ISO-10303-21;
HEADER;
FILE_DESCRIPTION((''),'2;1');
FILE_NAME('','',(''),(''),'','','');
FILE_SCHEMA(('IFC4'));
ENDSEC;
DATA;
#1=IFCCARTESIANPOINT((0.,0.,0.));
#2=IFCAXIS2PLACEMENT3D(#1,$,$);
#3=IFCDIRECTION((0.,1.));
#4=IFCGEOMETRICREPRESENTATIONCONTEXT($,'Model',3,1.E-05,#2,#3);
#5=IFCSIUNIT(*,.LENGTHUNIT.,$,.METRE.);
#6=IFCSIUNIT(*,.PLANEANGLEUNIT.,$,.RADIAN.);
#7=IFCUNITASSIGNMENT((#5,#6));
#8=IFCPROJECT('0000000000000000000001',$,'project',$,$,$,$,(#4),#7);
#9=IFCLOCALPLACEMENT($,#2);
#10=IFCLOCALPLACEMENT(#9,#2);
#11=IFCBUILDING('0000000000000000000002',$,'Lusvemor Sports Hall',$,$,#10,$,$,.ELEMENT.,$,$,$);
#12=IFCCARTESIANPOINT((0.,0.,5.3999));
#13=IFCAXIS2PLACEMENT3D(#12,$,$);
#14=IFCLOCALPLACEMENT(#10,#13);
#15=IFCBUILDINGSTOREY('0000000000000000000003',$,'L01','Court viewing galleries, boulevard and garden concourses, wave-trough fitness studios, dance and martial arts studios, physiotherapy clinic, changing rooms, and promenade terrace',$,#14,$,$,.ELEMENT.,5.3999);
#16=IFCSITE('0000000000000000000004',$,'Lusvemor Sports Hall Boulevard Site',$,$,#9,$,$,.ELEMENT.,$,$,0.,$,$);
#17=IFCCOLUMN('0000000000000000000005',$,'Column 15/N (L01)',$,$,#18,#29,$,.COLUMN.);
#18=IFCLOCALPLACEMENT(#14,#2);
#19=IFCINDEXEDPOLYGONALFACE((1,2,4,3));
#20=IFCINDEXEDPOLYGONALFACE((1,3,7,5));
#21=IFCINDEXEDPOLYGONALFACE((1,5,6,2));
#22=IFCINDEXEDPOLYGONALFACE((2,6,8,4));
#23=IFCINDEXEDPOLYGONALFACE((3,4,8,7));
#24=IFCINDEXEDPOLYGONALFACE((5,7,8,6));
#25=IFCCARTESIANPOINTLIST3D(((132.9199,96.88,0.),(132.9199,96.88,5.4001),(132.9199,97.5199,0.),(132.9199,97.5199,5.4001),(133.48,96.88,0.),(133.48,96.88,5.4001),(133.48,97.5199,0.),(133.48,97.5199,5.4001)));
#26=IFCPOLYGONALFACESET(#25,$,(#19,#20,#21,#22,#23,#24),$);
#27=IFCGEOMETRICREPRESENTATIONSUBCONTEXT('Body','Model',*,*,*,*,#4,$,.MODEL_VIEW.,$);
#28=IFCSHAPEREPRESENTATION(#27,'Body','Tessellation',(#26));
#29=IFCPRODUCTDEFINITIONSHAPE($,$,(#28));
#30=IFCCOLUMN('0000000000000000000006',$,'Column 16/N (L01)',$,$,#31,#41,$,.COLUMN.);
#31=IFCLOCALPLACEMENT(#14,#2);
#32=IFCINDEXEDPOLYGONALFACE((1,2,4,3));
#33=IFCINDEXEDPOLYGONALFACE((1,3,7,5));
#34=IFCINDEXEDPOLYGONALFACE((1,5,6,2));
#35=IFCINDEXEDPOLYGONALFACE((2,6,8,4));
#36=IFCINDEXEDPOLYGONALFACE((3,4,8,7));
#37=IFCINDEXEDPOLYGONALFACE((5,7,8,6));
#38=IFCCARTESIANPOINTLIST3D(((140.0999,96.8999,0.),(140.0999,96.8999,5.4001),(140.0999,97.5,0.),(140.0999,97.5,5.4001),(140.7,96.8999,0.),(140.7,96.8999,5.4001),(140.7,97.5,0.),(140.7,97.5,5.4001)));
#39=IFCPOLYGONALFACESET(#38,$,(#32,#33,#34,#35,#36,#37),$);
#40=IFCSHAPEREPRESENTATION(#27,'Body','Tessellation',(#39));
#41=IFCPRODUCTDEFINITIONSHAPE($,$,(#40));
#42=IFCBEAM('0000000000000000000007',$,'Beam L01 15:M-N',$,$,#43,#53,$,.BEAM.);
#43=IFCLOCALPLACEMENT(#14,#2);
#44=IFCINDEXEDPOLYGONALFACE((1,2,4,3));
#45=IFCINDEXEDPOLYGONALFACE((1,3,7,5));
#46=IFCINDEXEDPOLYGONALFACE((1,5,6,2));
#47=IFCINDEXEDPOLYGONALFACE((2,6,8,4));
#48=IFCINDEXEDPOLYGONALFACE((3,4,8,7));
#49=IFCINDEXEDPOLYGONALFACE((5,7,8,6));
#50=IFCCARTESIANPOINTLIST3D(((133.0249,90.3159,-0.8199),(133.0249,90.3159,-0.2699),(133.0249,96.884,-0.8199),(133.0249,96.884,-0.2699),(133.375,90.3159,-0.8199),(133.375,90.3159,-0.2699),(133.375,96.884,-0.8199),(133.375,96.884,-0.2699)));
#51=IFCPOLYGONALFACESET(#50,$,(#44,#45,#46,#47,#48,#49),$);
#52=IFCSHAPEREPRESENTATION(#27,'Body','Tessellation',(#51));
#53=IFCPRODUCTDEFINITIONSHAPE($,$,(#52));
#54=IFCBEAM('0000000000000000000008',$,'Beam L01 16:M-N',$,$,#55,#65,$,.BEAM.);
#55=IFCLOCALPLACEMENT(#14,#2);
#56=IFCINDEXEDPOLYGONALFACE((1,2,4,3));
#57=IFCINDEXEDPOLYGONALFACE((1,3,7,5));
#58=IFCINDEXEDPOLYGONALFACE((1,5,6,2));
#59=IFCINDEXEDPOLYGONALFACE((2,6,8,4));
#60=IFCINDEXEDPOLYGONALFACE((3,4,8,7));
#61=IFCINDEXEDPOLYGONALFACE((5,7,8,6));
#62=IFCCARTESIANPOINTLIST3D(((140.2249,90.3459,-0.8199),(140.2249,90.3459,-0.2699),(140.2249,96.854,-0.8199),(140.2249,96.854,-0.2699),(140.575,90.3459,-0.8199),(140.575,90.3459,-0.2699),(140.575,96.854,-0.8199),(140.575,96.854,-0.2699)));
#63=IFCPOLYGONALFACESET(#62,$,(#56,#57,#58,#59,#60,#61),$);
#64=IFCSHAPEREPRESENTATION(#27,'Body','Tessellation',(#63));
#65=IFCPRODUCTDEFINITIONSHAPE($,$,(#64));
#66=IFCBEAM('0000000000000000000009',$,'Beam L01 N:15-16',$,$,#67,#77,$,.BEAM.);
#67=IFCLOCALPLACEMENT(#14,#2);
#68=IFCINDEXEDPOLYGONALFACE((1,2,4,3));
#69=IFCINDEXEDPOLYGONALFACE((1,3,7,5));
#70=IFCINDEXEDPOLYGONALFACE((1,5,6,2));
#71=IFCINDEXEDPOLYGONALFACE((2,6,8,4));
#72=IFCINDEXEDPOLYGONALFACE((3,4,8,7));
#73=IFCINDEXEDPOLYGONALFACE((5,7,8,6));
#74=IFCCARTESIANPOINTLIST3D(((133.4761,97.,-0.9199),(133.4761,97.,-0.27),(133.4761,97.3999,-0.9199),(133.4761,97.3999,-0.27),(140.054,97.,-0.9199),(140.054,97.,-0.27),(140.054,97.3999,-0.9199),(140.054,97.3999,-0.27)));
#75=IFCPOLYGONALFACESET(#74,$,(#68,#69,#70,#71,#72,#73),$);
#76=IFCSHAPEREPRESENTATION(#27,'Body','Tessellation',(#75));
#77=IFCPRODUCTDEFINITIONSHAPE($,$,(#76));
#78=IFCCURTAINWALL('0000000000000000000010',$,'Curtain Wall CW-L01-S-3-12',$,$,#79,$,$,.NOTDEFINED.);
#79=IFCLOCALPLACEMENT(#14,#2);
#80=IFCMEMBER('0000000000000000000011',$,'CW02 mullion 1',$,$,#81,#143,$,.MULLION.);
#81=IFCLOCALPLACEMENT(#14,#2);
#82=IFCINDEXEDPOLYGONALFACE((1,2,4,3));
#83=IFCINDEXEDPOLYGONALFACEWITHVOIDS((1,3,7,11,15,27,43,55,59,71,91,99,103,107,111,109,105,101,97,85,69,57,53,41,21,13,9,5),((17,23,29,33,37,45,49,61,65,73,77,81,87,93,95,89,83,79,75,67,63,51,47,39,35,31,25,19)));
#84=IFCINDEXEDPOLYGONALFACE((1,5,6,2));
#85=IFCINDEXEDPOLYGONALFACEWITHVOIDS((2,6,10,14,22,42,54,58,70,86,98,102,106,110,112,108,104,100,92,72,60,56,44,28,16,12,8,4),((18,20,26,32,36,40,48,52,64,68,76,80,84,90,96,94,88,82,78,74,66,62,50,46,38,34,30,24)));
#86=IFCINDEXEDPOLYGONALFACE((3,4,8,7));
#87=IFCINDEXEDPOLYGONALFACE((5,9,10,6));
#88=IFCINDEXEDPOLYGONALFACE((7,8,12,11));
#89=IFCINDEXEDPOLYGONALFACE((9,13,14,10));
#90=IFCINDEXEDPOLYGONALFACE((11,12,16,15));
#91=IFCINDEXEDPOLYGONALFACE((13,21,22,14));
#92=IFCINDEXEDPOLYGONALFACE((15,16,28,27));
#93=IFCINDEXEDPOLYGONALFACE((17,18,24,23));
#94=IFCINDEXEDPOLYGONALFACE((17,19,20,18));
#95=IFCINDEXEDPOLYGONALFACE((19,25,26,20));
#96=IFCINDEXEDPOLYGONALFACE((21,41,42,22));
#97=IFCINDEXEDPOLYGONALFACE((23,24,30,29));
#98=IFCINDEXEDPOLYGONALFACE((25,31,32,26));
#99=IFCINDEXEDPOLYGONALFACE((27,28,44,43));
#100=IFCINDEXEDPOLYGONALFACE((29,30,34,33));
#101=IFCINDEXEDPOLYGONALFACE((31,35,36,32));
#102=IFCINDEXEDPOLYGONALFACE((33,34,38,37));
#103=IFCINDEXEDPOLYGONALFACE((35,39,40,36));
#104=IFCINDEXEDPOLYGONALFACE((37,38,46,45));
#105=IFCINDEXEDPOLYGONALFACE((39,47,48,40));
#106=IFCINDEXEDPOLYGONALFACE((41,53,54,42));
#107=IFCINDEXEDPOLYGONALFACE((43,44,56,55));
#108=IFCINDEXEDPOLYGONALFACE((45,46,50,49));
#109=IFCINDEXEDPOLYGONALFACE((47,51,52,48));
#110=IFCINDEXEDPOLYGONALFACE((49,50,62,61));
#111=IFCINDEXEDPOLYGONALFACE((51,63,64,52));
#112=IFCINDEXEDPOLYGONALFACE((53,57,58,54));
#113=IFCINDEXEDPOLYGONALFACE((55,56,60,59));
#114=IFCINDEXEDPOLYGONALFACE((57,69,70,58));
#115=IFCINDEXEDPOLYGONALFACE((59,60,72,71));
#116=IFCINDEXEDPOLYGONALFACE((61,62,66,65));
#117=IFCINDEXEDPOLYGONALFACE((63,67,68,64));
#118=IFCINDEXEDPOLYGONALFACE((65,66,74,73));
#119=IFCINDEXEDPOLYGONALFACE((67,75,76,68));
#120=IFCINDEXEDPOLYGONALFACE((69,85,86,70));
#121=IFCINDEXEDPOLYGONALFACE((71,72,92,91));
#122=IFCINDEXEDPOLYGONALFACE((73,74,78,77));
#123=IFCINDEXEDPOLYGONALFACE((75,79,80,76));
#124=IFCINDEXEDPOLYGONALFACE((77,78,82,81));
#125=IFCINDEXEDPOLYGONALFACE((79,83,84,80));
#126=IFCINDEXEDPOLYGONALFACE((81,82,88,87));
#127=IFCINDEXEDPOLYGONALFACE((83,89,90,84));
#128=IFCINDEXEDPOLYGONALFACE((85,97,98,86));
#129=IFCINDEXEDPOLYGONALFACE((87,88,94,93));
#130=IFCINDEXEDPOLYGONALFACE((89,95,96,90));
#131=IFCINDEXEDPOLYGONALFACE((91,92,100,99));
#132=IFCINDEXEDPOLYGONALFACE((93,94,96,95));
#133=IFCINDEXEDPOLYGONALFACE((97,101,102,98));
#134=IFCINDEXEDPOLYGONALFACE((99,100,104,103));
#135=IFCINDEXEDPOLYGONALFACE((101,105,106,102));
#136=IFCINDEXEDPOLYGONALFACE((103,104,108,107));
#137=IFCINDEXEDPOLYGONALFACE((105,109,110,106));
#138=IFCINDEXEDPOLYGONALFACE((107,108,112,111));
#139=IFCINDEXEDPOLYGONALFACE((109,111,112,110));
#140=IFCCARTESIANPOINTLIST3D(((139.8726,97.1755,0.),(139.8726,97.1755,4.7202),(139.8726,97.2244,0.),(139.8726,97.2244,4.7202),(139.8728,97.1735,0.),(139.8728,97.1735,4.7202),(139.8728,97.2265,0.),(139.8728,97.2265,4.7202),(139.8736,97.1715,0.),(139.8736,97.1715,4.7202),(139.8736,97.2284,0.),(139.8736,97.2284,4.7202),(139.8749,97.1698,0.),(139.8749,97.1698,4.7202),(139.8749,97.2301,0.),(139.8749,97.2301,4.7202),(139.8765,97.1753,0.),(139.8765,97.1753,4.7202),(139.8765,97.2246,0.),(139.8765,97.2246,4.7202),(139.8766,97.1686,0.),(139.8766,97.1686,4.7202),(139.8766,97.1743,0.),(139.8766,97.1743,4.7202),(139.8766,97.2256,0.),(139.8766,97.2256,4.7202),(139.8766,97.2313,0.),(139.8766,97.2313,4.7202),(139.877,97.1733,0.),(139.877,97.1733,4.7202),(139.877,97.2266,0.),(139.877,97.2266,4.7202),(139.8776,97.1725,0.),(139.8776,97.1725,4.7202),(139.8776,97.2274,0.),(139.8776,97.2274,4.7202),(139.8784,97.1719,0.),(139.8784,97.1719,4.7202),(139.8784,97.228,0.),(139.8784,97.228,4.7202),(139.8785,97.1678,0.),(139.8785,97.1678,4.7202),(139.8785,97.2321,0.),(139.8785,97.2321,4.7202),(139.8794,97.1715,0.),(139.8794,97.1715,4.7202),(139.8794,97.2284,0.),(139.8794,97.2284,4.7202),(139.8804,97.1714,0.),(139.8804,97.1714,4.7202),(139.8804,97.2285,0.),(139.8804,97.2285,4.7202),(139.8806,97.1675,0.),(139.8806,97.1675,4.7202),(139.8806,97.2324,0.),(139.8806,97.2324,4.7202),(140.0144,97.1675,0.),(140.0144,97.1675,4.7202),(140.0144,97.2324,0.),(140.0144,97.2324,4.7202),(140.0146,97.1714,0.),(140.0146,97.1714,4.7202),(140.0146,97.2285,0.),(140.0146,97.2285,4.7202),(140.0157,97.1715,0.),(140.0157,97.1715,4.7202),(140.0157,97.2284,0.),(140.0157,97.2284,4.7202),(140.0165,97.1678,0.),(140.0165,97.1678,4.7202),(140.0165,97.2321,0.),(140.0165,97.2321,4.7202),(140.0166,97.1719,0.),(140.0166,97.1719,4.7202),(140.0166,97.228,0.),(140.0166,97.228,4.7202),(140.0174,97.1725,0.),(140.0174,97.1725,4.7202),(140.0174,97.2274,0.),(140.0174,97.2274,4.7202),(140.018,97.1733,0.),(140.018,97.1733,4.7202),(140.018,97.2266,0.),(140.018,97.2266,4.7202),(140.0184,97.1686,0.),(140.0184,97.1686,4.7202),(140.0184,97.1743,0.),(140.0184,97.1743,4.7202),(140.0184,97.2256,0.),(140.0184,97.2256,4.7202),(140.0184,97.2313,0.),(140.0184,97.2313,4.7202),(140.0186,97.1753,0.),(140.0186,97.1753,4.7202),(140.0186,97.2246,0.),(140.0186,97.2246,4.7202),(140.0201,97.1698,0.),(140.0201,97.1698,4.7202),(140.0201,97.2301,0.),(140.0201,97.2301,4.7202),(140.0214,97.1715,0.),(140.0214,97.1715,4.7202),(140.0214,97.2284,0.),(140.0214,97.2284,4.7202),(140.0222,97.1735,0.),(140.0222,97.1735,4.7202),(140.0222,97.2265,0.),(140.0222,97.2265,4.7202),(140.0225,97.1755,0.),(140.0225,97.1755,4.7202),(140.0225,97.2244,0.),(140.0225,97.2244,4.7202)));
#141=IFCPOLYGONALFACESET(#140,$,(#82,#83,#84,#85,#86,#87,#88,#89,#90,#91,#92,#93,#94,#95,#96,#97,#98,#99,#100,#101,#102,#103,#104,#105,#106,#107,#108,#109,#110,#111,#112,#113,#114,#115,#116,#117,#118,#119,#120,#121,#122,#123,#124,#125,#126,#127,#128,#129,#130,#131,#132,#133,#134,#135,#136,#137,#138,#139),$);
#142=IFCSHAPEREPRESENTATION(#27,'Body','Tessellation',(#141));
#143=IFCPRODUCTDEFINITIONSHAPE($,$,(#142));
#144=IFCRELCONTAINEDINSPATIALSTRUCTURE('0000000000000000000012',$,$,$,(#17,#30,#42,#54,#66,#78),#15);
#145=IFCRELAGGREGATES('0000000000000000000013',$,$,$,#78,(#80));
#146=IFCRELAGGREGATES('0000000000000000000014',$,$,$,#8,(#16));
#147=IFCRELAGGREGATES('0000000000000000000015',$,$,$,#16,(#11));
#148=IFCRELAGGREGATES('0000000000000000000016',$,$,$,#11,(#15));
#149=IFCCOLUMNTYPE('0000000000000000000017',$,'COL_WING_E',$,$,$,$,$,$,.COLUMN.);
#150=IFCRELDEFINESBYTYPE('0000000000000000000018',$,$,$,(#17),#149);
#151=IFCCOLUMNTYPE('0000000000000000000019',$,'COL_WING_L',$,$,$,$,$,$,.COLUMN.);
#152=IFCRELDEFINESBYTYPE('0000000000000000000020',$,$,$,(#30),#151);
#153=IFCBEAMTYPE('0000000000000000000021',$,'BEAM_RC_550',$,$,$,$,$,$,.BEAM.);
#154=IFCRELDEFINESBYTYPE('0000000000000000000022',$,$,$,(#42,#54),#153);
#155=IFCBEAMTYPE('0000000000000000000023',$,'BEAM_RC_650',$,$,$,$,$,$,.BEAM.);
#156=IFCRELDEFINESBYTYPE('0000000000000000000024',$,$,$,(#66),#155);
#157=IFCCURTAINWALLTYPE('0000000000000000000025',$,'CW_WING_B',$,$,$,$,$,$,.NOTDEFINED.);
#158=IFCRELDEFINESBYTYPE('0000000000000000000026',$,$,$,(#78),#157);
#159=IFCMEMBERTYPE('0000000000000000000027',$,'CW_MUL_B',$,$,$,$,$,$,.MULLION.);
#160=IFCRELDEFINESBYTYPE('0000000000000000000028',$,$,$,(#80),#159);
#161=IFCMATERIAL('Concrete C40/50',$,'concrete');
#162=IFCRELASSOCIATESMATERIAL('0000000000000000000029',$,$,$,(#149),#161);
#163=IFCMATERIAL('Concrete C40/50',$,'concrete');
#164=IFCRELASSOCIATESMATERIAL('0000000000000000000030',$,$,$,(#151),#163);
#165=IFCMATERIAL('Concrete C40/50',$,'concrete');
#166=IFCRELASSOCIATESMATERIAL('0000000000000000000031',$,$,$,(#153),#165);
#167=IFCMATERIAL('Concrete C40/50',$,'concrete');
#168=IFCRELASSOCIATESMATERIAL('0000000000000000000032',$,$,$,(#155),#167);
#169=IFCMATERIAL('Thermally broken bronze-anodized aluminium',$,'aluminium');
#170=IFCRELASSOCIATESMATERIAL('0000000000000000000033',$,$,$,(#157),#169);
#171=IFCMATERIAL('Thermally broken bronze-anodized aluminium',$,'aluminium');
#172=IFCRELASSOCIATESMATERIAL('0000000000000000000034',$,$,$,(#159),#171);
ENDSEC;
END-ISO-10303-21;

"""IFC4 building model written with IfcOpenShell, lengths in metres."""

from ifc_helpers import new_model, si_unit, direction, frame, origin, origin_2d, place, context, subcontext, project, spatial, rectangle, hollow_rectangle, extrude, material, material_profile, profile_set, type_object, element, aggregate, save


model = new_model("IFC4")

# Units and contexts
model_context = context("Model", 3, precision=1e-05, world=origin(), true_north=direction((0.0, 1.0)))
body_context = subcontext(model_context, "Body", "Model", "MODEL_VIEW")
ifc_project = project(units=[si_unit("LENGTHUNIT", "METRE"), si_unit("PLANEANGLEUNIT", "RADIAN")], contexts=[model_context])

# Site, building, storey
site_placement = place(None, origin())
site = spatial("IfcSite", under=ifc_project, at=site_placement, Name="Lusvemor Sports Hall Boulevard Site", CompositionType="ELEMENT", RefElevation=0.0)
building_placement = place(site_placement, origin())
building = spatial("IfcBuilding", under=site, at=building_placement, Name="Lusvemor Sports Hall", CompositionType="ELEMENT")
storey_placement = place(building_placement, frame((0.0, 0.0, 5.3999)))
storey = spatial("IfcBuildingStorey", under=building, at=storey_placement, Name="L01", Description="Court viewing galleries, boulevard and garden concourses, wave-trough fitness studios, dance and martial arts studios, physiotherapy clinic, changing rooms, and promenade terrace", CompositionType="ELEMENT", Elevation=5.3999)

# Columns
ifc_material_1 = material(Name="Concrete C40/50", Category="concrete")
ifc_material_profile_1 = material_profile(ifc_material_1, rectangle(XDim=0.5601, YDim=0.6399, at=origin_2d()), Name="RC560x640")
ifc_profile_set_1 = profile_set([ifc_material_profile_1], Name="Concrete C40/50")
column_type_1 = type_object("IfcColumnType", Name="COL_WING_E", PredefinedType="COLUMN", material=ifc_profile_set_1)
column_1_placement = place(storey_placement, frame((133.2, 97.2, 0.0), z_axis=(0.0, 0.0, 1.0), x_axis=(1.0, 0.0, 0.0)))
element("IfcColumn", 1, at=column_1_placement, inside=storey, type_object=column_type_1, Name="Column 15/N (L01)", PredefinedType="COLUMN", context=body_context, shape_type="SweptSolid", body=[
    extrude(rectangle(XDim=0.5601, YDim=0.6399, at=origin_2d()), origin(), (0.0, 0.0, 1.0), 5.4001),
])
ifc_material_2 = material(Name="Concrete C40/50", Category="concrete")
ifc_material_profile_2 = material_profile(ifc_material_2, rectangle(XDim=0.6001, YDim=0.6001, at=origin_2d()), Name="RC600x600")
ifc_profile_set_2 = profile_set([ifc_material_profile_2], Name="Concrete C40/50")
column_type_2 = type_object("IfcColumnType", Name="COL_WING_L", PredefinedType="COLUMN", material=ifc_profile_set_2)
column_2_placement = place(storey_placement, frame((140.3999, 97.2, 0.0), z_axis=(0.0, 0.0, 1.0), x_axis=(1.0, 0.0, 0.0)))
element("IfcColumn", 2, at=column_2_placement, inside=storey, type_object=column_type_2, Name="Column 16/N (L01)", PredefinedType="COLUMN", context=body_context, shape_type="SweptSolid", body=[
    extrude(rectangle(XDim=0.6001, YDim=0.6001, at=origin_2d()), origin(), (0.0, 0.0, 1.0), 5.4001),
])

# Beams
ifc_material_3 = material(Name="Concrete C40/50", Category="concrete")
ifc_material_profile_3 = material_profile(ifc_material_3, rectangle(XDim=0.3501, YDim=0.55, at=origin_2d()), Name="RC350x550")
ifc_profile_set_3 = profile_set([ifc_material_profile_3], Name="Concrete C40/50")
beam_type_1 = type_object("IfcBeamType", Name="BEAM_RC_550", PredefinedType="BEAM", material=ifc_profile_set_3)
beam_1_placement = place(storey_placement, frame((133.2, 90.3159, -0.5449), z_axis=(0.0, 1.0, 0.0), x_axis=(-1.0, 0.0, 0.0)))
element("IfcBeam", 3, at=beam_1_placement, inside=storey, type_object=beam_type_1, Name="Beam L01 15:M-N", PredefinedType="BEAM", context=body_context, shape_type="SweptSolid", body=[
    extrude(rectangle(XDim=0.3501, YDim=0.55, at=origin_2d()), origin(), (0.0, 0.0, 1.0), 6.5681),
])
beam_2_placement = place(storey_placement, frame((140.3999, 90.3459, -0.5449), z_axis=(0.0, 1.0, 0.0), x_axis=(-1.0, 0.0, 0.0)))
element("IfcBeam", 4, at=beam_2_placement, inside=storey, type_object=beam_type_1, Name="Beam L01 16:M-N", PredefinedType="BEAM", context=body_context, shape_type="SweptSolid", body=[
    extrude(rectangle(XDim=0.3501, YDim=0.55, at=origin_2d()), origin(), (0.0, 0.0, 1.0), 6.5081),
])
ifc_material_4 = material(Name="Concrete C40/50", Category="concrete")
ifc_material_profile_4 = material_profile(ifc_material_4, rectangle(XDim=0.3999, YDim=0.6499, at=origin_2d()), Name="RC400x650")
ifc_profile_set_4 = profile_set([ifc_material_profile_4], Name="Concrete C40/50")
beam_type_2 = type_object("IfcBeamType", Name="BEAM_RC_650", PredefinedType="BEAM", material=ifc_profile_set_4)
beam_3_placement = place(storey_placement, frame((133.4761, 97.2, -0.595), z_axis=(1.0, 0.0, 0.0), x_axis=(0.0, 1.0, 0.0)))
element("IfcBeam", 5, at=beam_3_placement, inside=storey, type_object=beam_type_2, Name="Beam L01 N:15-16", PredefinedType="BEAM", context=body_context, shape_type="SweptSolid", body=[
    extrude(rectangle(XDim=0.3999, YDim=0.6499, at=origin_2d()), origin(), (0.0, 0.0, 1.0), 6.5779),
])

# Curtain wall, member
ifc_material_5 = material(Name="Thermally broken bronze-anodized aluminium", Category="aluminium")
curtain_wall_type = type_object("IfcCurtainWallType", Name="CW_WING_B", PredefinedType="NOTDEFINED", material=ifc_material_5)
curtain_wall_placement = place(storey_placement, origin())
curtain_wall = element("IfcCurtainWall", 6, at=curtain_wall_placement, inside=storey, type_object=curtain_wall_type, Name="Curtain Wall CW-L01-S-3-12", PredefinedType="NOTDEFINED")
ifc_material_6 = material(Name="Thermally broken bronze-anodized aluminium", Category="aluminium")
ifc_material_profile_5 = material_profile(ifc_material_6, hollow_rectangle(XDim=0.0649, YDim=0.1499, WallThickness=0.0039, InnerFilletRadius=0.0039, OuterFilletRadius=0.0081, at=origin_2d()), Name="CWMUL150x65x4")
ifc_profile_set_5 = profile_set([ifc_material_profile_5], Name="Thermally broken bronze-anodized aluminium")
member_type_1 = type_object("IfcMemberType", Name="CW_MUL_B", PredefinedType="MULLION", material=ifc_profile_set_5)
member_1_placement = place(storey_placement, frame((139.9475, 97.2, 0.0), z_axis=(0.0, 0.0, 1.0), x_axis=(0.0, -1.0, 0.0)))
member_1 = element("IfcMember", 7, at=member_1_placement, type_object=member_type_1, Name="CW02 mullion 1", PredefinedType="MULLION", context=body_context, shape_type="SweptSolid", body=[
    extrude(hollow_rectangle(XDim=0.0649, YDim=0.1499, WallThickness=0.0039, InnerFilletRadius=0.0039, OuterFilletRadius=0.0081, at=origin_2d()), origin(), (0.0, 0.0, 1.0), 4.7202),
])

aggregate(curtain_wall, [member_1])

save(model, "model.ifc")
